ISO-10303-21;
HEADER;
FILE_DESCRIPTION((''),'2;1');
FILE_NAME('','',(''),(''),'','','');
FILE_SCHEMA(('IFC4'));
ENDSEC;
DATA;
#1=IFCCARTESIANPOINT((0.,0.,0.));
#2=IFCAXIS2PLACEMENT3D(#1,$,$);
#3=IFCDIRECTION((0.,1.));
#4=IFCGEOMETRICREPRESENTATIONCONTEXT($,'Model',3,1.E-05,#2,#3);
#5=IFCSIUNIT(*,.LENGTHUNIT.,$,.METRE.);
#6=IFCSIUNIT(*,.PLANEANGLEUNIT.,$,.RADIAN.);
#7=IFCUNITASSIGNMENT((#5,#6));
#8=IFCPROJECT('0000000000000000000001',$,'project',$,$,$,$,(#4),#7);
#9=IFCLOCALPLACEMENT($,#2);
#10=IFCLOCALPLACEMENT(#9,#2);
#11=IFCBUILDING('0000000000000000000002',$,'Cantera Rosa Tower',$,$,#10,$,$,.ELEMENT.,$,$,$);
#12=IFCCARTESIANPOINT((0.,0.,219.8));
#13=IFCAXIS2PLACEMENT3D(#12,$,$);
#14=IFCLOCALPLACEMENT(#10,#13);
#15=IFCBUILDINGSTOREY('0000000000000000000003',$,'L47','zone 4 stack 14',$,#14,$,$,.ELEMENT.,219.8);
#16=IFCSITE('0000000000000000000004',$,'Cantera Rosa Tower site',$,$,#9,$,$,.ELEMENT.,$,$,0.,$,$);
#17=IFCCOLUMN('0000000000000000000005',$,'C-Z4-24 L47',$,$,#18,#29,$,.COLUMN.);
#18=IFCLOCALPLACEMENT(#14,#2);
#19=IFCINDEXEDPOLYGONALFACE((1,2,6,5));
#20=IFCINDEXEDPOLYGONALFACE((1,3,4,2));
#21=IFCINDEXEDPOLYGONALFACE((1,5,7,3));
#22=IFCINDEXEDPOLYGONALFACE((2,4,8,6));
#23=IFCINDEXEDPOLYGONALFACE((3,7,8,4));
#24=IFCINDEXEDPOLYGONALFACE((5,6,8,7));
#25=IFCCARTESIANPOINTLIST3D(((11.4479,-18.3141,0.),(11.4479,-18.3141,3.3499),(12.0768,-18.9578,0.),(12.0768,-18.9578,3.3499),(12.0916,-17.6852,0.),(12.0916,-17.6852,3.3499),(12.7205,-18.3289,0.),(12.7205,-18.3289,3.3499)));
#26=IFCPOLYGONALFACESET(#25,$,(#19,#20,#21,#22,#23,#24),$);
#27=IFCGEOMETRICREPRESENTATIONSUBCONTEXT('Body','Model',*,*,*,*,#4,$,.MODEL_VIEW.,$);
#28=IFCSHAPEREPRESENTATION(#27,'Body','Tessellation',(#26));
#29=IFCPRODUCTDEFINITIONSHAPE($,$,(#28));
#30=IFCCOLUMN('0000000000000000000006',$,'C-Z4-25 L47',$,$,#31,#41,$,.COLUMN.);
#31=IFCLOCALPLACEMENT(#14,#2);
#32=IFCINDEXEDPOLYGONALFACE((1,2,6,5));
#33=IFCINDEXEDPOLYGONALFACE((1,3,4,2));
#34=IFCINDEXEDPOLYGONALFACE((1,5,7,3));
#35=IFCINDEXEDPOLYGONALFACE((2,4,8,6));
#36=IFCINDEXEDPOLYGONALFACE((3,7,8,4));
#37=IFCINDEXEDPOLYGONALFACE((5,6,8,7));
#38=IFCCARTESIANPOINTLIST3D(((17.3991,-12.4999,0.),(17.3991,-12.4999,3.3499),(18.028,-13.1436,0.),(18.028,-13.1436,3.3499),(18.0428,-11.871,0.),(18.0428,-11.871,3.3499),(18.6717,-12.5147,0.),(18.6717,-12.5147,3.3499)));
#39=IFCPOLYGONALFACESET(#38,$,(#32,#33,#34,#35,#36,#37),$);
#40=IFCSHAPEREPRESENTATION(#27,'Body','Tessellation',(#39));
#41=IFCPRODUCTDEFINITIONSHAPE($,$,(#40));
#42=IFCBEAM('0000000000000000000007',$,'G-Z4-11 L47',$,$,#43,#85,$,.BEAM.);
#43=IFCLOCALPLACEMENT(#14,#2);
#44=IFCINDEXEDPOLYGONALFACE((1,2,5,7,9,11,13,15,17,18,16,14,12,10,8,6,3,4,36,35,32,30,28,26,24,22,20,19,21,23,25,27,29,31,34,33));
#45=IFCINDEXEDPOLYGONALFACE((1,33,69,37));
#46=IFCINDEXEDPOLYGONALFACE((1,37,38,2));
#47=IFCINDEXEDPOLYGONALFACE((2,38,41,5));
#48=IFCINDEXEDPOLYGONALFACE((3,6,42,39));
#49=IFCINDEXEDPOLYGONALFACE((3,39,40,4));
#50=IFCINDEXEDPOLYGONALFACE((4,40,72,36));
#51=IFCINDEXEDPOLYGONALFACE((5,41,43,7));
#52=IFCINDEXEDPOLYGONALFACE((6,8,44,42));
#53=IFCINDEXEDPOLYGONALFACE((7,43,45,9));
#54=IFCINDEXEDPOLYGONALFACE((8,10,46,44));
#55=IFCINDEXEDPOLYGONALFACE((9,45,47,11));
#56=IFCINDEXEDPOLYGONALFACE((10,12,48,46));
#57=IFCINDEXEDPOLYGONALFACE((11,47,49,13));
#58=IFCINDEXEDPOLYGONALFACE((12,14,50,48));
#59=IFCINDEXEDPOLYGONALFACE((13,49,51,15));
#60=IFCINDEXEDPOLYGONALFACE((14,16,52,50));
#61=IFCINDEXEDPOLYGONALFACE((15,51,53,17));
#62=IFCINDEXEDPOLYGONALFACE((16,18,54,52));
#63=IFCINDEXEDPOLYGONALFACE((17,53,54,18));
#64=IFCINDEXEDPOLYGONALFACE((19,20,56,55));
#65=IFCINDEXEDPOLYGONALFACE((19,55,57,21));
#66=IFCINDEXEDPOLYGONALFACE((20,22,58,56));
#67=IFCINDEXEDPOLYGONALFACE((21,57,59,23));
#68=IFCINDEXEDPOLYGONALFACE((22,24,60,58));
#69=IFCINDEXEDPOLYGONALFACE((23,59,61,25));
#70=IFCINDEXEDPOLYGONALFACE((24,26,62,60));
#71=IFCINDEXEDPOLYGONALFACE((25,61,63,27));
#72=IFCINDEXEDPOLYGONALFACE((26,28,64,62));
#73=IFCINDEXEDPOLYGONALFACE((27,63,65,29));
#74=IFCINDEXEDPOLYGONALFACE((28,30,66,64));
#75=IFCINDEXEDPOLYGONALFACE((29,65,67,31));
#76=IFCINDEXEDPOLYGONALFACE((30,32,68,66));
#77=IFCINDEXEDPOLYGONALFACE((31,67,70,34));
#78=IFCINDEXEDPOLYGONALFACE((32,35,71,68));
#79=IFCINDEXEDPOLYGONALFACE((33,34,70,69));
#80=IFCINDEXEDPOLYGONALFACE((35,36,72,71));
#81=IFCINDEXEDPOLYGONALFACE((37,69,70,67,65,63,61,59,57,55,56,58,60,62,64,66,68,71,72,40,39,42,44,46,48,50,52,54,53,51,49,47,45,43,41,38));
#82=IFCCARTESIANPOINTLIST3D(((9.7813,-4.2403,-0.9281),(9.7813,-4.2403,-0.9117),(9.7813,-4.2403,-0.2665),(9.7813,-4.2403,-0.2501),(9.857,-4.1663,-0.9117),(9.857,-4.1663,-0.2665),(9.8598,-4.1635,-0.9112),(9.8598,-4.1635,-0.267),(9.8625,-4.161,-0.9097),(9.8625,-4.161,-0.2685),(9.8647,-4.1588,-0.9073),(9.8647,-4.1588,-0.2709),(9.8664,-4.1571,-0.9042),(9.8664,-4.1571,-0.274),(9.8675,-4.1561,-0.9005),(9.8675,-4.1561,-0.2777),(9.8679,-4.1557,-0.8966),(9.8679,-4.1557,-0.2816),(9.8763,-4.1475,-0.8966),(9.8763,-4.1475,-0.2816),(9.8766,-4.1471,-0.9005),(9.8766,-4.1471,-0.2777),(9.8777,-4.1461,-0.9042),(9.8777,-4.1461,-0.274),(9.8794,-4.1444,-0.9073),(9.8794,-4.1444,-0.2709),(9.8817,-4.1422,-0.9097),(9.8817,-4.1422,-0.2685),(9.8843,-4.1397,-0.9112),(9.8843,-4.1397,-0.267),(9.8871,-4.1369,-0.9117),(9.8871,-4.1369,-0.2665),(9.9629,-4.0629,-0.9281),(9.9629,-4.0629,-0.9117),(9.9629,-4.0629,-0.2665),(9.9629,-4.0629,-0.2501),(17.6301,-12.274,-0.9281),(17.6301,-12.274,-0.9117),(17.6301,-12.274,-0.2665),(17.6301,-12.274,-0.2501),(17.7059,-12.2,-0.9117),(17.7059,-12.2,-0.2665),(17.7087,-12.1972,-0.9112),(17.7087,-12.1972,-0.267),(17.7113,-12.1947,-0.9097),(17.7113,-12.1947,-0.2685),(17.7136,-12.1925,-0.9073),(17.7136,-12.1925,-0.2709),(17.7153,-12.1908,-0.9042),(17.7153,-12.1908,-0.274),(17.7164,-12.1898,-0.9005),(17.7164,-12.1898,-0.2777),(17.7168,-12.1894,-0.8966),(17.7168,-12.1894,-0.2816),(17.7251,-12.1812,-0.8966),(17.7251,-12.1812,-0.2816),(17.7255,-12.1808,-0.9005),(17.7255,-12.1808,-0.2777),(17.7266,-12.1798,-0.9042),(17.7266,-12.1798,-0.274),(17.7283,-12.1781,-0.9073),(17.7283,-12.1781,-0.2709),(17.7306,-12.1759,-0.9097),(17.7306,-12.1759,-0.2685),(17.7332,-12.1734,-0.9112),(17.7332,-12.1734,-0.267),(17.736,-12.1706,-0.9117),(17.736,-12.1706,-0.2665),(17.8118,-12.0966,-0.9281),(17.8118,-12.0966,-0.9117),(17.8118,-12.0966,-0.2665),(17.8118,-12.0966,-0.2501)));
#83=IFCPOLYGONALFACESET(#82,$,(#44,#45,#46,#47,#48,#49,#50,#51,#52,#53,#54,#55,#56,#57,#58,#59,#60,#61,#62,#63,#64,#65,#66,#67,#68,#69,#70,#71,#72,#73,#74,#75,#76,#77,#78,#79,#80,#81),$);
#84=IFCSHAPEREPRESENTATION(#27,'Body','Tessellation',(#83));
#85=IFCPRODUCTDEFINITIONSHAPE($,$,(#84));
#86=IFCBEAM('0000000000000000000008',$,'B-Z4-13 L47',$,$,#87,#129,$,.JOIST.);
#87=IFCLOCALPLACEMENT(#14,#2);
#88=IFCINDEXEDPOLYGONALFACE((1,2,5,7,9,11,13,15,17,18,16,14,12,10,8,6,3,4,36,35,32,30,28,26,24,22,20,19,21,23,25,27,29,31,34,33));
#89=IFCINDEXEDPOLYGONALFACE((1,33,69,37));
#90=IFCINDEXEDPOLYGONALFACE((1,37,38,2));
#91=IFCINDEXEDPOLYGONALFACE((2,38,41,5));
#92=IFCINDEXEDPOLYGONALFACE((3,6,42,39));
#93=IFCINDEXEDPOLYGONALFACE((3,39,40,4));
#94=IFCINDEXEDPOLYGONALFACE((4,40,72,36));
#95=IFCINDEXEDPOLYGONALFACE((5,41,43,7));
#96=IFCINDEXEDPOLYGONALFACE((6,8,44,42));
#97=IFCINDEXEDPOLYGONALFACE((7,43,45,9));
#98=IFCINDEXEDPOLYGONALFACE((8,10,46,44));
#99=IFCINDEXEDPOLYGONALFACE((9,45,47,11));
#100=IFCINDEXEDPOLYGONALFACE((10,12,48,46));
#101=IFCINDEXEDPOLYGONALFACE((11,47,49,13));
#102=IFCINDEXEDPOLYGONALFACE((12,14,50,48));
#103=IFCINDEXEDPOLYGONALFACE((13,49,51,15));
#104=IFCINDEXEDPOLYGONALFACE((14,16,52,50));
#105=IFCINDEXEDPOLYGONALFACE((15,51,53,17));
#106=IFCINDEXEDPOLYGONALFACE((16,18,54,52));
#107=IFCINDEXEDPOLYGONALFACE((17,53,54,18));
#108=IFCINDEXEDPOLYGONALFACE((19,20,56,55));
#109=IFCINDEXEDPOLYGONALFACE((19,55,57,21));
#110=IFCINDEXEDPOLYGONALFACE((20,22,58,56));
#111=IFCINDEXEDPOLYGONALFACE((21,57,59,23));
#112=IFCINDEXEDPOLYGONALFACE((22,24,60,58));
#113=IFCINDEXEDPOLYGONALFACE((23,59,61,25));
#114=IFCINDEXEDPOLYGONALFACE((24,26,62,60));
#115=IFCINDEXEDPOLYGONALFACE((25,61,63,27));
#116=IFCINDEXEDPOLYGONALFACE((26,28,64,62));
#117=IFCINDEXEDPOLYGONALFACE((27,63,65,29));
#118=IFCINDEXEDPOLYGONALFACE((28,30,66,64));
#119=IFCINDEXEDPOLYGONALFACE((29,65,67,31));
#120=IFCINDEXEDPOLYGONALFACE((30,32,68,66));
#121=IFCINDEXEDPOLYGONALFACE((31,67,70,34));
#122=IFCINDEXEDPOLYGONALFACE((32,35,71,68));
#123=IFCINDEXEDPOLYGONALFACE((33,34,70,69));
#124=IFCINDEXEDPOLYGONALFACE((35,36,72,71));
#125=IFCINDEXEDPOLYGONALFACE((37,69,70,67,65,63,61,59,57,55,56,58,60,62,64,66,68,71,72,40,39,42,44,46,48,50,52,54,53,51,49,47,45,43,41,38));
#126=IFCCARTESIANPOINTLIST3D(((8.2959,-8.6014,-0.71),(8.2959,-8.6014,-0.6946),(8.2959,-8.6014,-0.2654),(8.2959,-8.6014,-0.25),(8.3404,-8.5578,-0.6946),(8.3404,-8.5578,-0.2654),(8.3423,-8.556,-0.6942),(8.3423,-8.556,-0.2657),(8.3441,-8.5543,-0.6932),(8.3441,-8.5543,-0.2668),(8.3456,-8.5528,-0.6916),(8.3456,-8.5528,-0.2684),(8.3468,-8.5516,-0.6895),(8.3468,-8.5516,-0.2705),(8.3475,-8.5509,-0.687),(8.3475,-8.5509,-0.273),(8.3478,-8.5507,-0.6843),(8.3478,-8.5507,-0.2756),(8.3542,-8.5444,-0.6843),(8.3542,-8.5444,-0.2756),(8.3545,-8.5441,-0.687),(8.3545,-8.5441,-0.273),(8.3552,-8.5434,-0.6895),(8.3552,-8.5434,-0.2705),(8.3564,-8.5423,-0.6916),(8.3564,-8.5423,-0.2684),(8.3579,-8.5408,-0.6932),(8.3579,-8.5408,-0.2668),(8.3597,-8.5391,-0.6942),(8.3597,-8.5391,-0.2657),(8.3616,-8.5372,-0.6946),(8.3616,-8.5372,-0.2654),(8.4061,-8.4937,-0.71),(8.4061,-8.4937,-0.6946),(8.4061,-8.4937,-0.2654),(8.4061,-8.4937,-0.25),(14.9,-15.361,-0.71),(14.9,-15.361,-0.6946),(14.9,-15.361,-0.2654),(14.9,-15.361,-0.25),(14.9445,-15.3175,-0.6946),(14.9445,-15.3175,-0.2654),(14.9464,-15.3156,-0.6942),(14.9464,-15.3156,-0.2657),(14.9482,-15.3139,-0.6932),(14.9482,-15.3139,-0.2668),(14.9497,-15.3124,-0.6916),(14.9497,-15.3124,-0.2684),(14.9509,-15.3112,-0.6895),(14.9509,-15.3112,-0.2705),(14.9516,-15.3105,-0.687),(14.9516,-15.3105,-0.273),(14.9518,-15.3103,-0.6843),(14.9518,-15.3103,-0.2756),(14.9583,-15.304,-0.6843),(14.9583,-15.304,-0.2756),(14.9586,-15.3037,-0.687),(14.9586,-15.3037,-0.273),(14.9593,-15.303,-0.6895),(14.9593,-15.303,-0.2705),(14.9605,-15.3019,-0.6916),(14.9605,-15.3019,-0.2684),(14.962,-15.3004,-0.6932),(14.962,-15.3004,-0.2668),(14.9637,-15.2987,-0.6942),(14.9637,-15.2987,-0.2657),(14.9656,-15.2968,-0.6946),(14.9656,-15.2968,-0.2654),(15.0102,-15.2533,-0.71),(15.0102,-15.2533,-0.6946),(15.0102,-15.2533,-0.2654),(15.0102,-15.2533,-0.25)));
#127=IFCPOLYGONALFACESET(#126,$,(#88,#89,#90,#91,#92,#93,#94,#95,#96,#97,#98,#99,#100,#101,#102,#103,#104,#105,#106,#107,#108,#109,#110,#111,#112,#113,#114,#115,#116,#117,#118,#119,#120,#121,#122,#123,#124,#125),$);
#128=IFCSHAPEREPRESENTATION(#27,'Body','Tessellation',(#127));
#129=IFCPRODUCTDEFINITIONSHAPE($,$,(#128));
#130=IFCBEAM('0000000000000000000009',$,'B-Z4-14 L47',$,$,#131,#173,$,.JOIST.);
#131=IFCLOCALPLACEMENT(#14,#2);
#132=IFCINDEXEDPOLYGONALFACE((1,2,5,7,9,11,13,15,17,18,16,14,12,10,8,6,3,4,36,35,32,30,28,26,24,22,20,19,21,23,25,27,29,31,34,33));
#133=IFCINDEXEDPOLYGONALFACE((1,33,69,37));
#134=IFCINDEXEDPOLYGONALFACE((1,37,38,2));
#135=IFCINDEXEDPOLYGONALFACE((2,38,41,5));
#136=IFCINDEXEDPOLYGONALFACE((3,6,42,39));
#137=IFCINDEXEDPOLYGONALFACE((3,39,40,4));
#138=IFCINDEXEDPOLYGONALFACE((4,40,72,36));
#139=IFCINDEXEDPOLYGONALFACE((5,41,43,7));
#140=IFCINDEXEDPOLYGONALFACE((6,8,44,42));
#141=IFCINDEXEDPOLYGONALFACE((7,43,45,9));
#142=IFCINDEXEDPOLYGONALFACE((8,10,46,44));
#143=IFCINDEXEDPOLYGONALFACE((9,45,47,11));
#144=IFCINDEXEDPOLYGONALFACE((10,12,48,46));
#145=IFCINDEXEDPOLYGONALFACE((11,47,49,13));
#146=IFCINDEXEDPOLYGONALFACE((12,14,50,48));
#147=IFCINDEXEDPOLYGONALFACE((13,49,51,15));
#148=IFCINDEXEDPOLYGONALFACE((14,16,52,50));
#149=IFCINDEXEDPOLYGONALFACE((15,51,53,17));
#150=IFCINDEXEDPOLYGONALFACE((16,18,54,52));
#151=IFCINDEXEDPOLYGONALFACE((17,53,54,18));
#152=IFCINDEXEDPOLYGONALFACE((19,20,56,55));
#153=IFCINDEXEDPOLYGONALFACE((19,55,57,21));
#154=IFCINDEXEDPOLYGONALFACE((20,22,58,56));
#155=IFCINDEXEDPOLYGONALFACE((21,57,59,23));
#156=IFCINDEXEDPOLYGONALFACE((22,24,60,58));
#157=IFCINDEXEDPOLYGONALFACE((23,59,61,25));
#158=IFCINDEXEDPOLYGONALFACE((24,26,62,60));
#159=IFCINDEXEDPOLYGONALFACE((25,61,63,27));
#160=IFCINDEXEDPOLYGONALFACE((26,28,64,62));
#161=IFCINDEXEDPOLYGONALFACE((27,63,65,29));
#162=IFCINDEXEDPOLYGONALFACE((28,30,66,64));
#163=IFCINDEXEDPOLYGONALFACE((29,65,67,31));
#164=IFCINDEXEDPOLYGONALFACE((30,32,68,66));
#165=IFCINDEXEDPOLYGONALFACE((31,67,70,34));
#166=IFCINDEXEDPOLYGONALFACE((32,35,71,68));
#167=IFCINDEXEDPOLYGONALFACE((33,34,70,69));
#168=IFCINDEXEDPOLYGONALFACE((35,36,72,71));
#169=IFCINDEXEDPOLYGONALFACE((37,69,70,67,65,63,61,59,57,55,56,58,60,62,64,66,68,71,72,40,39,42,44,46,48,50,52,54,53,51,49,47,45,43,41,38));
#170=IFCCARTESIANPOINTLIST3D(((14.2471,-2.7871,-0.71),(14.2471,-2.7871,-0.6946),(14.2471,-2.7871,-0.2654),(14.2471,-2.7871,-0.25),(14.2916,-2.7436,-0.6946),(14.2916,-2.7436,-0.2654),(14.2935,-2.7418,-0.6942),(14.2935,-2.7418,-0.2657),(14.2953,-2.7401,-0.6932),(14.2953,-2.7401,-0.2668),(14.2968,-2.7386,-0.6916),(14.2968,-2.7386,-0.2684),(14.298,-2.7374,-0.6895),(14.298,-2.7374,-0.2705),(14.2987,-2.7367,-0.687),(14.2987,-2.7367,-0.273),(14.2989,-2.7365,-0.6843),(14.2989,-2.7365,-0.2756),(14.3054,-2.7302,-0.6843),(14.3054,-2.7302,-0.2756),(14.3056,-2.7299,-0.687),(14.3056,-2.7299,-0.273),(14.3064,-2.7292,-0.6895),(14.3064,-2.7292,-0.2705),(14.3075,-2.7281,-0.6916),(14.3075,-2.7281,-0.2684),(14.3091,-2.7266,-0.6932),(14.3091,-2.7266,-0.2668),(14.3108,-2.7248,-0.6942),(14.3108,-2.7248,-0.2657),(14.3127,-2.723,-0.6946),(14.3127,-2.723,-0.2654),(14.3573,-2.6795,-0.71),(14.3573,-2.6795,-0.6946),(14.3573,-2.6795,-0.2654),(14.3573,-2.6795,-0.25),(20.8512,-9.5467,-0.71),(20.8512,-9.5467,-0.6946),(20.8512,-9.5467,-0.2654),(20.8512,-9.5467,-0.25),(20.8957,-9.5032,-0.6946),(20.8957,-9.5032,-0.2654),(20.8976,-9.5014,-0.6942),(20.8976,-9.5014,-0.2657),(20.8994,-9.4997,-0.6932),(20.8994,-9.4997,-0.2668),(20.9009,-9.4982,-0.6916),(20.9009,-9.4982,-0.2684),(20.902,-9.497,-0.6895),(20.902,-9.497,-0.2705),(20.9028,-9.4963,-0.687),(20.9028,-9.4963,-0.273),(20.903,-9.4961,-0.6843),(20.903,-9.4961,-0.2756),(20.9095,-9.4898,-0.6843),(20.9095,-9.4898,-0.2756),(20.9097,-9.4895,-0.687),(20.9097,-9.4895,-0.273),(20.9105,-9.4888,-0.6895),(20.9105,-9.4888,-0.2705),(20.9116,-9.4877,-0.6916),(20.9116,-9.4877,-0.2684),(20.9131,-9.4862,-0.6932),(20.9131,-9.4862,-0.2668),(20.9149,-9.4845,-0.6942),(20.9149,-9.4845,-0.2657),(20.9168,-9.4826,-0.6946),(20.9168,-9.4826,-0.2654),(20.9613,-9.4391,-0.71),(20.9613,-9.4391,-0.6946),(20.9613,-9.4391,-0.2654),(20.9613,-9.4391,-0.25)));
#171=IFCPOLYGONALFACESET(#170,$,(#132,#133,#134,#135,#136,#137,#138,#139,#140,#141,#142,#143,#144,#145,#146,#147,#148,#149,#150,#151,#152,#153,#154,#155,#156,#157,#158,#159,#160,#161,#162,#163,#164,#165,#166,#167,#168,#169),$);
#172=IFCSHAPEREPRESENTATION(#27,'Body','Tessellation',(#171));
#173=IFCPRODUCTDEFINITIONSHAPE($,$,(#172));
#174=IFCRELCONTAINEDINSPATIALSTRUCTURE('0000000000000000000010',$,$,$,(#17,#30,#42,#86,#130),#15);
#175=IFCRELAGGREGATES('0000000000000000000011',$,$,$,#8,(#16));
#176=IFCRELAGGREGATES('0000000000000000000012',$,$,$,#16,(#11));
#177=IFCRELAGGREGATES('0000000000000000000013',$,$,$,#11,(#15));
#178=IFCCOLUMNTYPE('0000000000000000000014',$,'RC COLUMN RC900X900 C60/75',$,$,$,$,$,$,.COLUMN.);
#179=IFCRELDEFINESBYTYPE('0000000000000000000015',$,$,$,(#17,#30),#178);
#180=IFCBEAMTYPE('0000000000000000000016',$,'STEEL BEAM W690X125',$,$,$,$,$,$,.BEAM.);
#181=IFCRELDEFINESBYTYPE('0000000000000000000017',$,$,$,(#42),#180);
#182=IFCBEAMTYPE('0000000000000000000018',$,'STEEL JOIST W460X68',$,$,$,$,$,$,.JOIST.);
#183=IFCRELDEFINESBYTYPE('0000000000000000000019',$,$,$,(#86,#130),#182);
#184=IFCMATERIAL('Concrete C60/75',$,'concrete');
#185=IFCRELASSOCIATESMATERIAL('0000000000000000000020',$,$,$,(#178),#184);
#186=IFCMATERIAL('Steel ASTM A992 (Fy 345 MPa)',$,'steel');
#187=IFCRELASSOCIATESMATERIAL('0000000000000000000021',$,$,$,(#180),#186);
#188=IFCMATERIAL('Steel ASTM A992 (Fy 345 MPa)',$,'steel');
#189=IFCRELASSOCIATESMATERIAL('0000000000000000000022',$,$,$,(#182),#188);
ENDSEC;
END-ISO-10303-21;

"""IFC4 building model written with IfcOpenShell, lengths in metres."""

from ifc_helpers import new_model, si_unit, direction, frame, origin, origin_2d, place, context, subcontext, project, spatial, rectangle, i_section, extrude, material, material_profile, profile_set, type_object, element, save


model = new_model("IFC4")

# Units and contexts
model_context = context("Model", 3, precision=1e-05, world=origin(), true_north=direction((0.0, 1.0)))
body_context = subcontext(model_context, "Body", "Model", "MODEL_VIEW")
ifc_project = project(units=[si_unit("LENGTHUNIT", "METRE"), si_unit("PLANEANGLEUNIT", "RADIAN")], contexts=[model_context])

# Site, building, storey
site_placement = place(None, origin())
site = spatial("IfcSite", under=ifc_project, at=site_placement, Name="Cantera Rosa Tower site", CompositionType="ELEMENT", RefElevation=0.0)
building_placement = place(site_placement, origin())
building = spatial("IfcBuilding", under=site, at=building_placement, Name="Cantera Rosa Tower", CompositionType="ELEMENT")
storey_placement = place(building_placement, frame((0.0, 0.0, 219.8)))
storey = spatial("IfcBuildingStorey", under=building, at=storey_placement, Name="L47", Description="zone 4 stack 14", CompositionType="ELEMENT", Elevation=219.8)

# Columns
ifc_material_1 = material(Name="Concrete C60/75", Category="concrete")
ifc_material_profile_1 = material_profile(ifc_material_1, rectangle(XDim=0.8999, YDim=0.8999, at=origin_2d()), Name="RC COLUMN RC900X900 C60/75")
ifc_profile_set_1 = profile_set([ifc_material_profile_1], Name="Concrete C60/75")
column_type = type_object("IfcColumnType", Name="RC COLUMN RC900X900 C60/75", PredefinedType="COLUMN", material=ifc_profile_set_1)
for number, where, z_axis, x_axis, name in (
    (1, (12.0842, -18.3215, 0.0), (0.0, 0.0, 1.0), (0.715286, 0.698832, 0.0), "C-Z4-24 L47"),
    (2, (18.0354, -12.5073, 0.0), (0.0, 0.0, 1.0), (0.715286, 0.698832, 0.0), "C-Z4-25 L47"),
):
    element("IfcColumn", number, at=place(storey_placement, frame(where, z_axis=z_axis, x_axis=x_axis)), inside=storey, type_object=column_type, Name=name, PredefinedType="COLUMN", context=body_context, shape_type="SweptSolid", body=[
        extrude(rectangle(XDim=0.8999, YDim=0.8999, at=origin_2d()), origin(), (0.0, 0.0, 1.0), 3.3499),
    ])

# Beams
ifc_material_2 = material(Name="Steel ASTM A992 (Fy 345 MPa)", Category="steel")
ifc_material_profile_2 = material_profile(ifc_material_2, i_section(OverallWidth=0.2539, OverallDepth=0.678, WebThickness=0.0117, FlangeThickness=0.0164, FilletRadius=0.0151, at=origin_2d()), Name="W690X125")
ifc_profile_set_2 = profile_set([ifc_material_profile_2], Name="Steel ASTM A992 (Fy 345 MPa)")
beam_type_1 = type_object("IfcBeamType", Name="STEEL BEAM W690X125", PredefinedType="BEAM", material=ifc_profile_set_2)
beam_placement = place(storey_placement, frame((17.7209, -12.1853, -0.5891), z_axis=(-0.698831, 0.715286, 0.0), x_axis=(-0.715286, -0.698831, 0.0)))
element("IfcBeam", 3, at=beam_placement, inside=storey, type_object=beam_type_1, Name="G-Z4-11 L47", PredefinedType="BEAM", context=body_context, shape_type="SweptSolid", body=[
    extrude(i_section(OverallWidth=0.2539, OverallDepth=0.678, WebThickness=0.0117, FlangeThickness=0.0164, FilletRadius=0.0151, at=origin_2d()), origin(), (0.0, 0.0, 1.0), 11.2314),
])
ifc_material_3 = material(Name="Steel ASTM A992 (Fy 345 MPa)", Category="steel")
ifc_material_profile_3 = material_profile(ifc_material_3, i_section(OverallWidth=0.1541, OverallDepth=0.46, WebThickness=0.009, FlangeThickness=0.0154, FilletRadius=0.0103, at=origin_2d()), Name="W460X68")
ifc_profile_set_3 = profile_set([ifc_material_profile_3], Name="Steel ASTM A992 (Fy 345 MPa)")
beam_type_2 = type_object("IfcBeamType", Name="STEEL JOIST W460X68", PredefinedType="JOIST", material=ifc_profile_set_3)
for number, where, z_axis, x_axis, name in (
    (4, (14.9551, -15.3071, -0.48), (-0.698831, 0.715287, 0.0), (-0.715287, -0.698831, 0.0), "B-Z4-13 L47"),
    (5, (20.9062, -9.4929, -0.48), (-0.698831, 0.715287, 0.0), (-0.715287, -0.698831, 0.0), "B-Z4-14 L47"),
):
    element("IfcBeam", number, at=place(storey_placement, frame(where, z_axis=z_axis, x_axis=x_axis)), inside=storey, type_object=beam_type_2, Name=name, PredefinedType="JOIST", context=body_context, shape_type="SweptSolid", body=[
        extrude(i_section(OverallWidth=0.1541, OverallDepth=0.46, WebThickness=0.009, FlangeThickness=0.0154, FilletRadius=0.0103, at=origin_2d()), origin(), (0.0, 0.0, 1.0), 9.4502),
    ])

save(model, "model.ifc")
